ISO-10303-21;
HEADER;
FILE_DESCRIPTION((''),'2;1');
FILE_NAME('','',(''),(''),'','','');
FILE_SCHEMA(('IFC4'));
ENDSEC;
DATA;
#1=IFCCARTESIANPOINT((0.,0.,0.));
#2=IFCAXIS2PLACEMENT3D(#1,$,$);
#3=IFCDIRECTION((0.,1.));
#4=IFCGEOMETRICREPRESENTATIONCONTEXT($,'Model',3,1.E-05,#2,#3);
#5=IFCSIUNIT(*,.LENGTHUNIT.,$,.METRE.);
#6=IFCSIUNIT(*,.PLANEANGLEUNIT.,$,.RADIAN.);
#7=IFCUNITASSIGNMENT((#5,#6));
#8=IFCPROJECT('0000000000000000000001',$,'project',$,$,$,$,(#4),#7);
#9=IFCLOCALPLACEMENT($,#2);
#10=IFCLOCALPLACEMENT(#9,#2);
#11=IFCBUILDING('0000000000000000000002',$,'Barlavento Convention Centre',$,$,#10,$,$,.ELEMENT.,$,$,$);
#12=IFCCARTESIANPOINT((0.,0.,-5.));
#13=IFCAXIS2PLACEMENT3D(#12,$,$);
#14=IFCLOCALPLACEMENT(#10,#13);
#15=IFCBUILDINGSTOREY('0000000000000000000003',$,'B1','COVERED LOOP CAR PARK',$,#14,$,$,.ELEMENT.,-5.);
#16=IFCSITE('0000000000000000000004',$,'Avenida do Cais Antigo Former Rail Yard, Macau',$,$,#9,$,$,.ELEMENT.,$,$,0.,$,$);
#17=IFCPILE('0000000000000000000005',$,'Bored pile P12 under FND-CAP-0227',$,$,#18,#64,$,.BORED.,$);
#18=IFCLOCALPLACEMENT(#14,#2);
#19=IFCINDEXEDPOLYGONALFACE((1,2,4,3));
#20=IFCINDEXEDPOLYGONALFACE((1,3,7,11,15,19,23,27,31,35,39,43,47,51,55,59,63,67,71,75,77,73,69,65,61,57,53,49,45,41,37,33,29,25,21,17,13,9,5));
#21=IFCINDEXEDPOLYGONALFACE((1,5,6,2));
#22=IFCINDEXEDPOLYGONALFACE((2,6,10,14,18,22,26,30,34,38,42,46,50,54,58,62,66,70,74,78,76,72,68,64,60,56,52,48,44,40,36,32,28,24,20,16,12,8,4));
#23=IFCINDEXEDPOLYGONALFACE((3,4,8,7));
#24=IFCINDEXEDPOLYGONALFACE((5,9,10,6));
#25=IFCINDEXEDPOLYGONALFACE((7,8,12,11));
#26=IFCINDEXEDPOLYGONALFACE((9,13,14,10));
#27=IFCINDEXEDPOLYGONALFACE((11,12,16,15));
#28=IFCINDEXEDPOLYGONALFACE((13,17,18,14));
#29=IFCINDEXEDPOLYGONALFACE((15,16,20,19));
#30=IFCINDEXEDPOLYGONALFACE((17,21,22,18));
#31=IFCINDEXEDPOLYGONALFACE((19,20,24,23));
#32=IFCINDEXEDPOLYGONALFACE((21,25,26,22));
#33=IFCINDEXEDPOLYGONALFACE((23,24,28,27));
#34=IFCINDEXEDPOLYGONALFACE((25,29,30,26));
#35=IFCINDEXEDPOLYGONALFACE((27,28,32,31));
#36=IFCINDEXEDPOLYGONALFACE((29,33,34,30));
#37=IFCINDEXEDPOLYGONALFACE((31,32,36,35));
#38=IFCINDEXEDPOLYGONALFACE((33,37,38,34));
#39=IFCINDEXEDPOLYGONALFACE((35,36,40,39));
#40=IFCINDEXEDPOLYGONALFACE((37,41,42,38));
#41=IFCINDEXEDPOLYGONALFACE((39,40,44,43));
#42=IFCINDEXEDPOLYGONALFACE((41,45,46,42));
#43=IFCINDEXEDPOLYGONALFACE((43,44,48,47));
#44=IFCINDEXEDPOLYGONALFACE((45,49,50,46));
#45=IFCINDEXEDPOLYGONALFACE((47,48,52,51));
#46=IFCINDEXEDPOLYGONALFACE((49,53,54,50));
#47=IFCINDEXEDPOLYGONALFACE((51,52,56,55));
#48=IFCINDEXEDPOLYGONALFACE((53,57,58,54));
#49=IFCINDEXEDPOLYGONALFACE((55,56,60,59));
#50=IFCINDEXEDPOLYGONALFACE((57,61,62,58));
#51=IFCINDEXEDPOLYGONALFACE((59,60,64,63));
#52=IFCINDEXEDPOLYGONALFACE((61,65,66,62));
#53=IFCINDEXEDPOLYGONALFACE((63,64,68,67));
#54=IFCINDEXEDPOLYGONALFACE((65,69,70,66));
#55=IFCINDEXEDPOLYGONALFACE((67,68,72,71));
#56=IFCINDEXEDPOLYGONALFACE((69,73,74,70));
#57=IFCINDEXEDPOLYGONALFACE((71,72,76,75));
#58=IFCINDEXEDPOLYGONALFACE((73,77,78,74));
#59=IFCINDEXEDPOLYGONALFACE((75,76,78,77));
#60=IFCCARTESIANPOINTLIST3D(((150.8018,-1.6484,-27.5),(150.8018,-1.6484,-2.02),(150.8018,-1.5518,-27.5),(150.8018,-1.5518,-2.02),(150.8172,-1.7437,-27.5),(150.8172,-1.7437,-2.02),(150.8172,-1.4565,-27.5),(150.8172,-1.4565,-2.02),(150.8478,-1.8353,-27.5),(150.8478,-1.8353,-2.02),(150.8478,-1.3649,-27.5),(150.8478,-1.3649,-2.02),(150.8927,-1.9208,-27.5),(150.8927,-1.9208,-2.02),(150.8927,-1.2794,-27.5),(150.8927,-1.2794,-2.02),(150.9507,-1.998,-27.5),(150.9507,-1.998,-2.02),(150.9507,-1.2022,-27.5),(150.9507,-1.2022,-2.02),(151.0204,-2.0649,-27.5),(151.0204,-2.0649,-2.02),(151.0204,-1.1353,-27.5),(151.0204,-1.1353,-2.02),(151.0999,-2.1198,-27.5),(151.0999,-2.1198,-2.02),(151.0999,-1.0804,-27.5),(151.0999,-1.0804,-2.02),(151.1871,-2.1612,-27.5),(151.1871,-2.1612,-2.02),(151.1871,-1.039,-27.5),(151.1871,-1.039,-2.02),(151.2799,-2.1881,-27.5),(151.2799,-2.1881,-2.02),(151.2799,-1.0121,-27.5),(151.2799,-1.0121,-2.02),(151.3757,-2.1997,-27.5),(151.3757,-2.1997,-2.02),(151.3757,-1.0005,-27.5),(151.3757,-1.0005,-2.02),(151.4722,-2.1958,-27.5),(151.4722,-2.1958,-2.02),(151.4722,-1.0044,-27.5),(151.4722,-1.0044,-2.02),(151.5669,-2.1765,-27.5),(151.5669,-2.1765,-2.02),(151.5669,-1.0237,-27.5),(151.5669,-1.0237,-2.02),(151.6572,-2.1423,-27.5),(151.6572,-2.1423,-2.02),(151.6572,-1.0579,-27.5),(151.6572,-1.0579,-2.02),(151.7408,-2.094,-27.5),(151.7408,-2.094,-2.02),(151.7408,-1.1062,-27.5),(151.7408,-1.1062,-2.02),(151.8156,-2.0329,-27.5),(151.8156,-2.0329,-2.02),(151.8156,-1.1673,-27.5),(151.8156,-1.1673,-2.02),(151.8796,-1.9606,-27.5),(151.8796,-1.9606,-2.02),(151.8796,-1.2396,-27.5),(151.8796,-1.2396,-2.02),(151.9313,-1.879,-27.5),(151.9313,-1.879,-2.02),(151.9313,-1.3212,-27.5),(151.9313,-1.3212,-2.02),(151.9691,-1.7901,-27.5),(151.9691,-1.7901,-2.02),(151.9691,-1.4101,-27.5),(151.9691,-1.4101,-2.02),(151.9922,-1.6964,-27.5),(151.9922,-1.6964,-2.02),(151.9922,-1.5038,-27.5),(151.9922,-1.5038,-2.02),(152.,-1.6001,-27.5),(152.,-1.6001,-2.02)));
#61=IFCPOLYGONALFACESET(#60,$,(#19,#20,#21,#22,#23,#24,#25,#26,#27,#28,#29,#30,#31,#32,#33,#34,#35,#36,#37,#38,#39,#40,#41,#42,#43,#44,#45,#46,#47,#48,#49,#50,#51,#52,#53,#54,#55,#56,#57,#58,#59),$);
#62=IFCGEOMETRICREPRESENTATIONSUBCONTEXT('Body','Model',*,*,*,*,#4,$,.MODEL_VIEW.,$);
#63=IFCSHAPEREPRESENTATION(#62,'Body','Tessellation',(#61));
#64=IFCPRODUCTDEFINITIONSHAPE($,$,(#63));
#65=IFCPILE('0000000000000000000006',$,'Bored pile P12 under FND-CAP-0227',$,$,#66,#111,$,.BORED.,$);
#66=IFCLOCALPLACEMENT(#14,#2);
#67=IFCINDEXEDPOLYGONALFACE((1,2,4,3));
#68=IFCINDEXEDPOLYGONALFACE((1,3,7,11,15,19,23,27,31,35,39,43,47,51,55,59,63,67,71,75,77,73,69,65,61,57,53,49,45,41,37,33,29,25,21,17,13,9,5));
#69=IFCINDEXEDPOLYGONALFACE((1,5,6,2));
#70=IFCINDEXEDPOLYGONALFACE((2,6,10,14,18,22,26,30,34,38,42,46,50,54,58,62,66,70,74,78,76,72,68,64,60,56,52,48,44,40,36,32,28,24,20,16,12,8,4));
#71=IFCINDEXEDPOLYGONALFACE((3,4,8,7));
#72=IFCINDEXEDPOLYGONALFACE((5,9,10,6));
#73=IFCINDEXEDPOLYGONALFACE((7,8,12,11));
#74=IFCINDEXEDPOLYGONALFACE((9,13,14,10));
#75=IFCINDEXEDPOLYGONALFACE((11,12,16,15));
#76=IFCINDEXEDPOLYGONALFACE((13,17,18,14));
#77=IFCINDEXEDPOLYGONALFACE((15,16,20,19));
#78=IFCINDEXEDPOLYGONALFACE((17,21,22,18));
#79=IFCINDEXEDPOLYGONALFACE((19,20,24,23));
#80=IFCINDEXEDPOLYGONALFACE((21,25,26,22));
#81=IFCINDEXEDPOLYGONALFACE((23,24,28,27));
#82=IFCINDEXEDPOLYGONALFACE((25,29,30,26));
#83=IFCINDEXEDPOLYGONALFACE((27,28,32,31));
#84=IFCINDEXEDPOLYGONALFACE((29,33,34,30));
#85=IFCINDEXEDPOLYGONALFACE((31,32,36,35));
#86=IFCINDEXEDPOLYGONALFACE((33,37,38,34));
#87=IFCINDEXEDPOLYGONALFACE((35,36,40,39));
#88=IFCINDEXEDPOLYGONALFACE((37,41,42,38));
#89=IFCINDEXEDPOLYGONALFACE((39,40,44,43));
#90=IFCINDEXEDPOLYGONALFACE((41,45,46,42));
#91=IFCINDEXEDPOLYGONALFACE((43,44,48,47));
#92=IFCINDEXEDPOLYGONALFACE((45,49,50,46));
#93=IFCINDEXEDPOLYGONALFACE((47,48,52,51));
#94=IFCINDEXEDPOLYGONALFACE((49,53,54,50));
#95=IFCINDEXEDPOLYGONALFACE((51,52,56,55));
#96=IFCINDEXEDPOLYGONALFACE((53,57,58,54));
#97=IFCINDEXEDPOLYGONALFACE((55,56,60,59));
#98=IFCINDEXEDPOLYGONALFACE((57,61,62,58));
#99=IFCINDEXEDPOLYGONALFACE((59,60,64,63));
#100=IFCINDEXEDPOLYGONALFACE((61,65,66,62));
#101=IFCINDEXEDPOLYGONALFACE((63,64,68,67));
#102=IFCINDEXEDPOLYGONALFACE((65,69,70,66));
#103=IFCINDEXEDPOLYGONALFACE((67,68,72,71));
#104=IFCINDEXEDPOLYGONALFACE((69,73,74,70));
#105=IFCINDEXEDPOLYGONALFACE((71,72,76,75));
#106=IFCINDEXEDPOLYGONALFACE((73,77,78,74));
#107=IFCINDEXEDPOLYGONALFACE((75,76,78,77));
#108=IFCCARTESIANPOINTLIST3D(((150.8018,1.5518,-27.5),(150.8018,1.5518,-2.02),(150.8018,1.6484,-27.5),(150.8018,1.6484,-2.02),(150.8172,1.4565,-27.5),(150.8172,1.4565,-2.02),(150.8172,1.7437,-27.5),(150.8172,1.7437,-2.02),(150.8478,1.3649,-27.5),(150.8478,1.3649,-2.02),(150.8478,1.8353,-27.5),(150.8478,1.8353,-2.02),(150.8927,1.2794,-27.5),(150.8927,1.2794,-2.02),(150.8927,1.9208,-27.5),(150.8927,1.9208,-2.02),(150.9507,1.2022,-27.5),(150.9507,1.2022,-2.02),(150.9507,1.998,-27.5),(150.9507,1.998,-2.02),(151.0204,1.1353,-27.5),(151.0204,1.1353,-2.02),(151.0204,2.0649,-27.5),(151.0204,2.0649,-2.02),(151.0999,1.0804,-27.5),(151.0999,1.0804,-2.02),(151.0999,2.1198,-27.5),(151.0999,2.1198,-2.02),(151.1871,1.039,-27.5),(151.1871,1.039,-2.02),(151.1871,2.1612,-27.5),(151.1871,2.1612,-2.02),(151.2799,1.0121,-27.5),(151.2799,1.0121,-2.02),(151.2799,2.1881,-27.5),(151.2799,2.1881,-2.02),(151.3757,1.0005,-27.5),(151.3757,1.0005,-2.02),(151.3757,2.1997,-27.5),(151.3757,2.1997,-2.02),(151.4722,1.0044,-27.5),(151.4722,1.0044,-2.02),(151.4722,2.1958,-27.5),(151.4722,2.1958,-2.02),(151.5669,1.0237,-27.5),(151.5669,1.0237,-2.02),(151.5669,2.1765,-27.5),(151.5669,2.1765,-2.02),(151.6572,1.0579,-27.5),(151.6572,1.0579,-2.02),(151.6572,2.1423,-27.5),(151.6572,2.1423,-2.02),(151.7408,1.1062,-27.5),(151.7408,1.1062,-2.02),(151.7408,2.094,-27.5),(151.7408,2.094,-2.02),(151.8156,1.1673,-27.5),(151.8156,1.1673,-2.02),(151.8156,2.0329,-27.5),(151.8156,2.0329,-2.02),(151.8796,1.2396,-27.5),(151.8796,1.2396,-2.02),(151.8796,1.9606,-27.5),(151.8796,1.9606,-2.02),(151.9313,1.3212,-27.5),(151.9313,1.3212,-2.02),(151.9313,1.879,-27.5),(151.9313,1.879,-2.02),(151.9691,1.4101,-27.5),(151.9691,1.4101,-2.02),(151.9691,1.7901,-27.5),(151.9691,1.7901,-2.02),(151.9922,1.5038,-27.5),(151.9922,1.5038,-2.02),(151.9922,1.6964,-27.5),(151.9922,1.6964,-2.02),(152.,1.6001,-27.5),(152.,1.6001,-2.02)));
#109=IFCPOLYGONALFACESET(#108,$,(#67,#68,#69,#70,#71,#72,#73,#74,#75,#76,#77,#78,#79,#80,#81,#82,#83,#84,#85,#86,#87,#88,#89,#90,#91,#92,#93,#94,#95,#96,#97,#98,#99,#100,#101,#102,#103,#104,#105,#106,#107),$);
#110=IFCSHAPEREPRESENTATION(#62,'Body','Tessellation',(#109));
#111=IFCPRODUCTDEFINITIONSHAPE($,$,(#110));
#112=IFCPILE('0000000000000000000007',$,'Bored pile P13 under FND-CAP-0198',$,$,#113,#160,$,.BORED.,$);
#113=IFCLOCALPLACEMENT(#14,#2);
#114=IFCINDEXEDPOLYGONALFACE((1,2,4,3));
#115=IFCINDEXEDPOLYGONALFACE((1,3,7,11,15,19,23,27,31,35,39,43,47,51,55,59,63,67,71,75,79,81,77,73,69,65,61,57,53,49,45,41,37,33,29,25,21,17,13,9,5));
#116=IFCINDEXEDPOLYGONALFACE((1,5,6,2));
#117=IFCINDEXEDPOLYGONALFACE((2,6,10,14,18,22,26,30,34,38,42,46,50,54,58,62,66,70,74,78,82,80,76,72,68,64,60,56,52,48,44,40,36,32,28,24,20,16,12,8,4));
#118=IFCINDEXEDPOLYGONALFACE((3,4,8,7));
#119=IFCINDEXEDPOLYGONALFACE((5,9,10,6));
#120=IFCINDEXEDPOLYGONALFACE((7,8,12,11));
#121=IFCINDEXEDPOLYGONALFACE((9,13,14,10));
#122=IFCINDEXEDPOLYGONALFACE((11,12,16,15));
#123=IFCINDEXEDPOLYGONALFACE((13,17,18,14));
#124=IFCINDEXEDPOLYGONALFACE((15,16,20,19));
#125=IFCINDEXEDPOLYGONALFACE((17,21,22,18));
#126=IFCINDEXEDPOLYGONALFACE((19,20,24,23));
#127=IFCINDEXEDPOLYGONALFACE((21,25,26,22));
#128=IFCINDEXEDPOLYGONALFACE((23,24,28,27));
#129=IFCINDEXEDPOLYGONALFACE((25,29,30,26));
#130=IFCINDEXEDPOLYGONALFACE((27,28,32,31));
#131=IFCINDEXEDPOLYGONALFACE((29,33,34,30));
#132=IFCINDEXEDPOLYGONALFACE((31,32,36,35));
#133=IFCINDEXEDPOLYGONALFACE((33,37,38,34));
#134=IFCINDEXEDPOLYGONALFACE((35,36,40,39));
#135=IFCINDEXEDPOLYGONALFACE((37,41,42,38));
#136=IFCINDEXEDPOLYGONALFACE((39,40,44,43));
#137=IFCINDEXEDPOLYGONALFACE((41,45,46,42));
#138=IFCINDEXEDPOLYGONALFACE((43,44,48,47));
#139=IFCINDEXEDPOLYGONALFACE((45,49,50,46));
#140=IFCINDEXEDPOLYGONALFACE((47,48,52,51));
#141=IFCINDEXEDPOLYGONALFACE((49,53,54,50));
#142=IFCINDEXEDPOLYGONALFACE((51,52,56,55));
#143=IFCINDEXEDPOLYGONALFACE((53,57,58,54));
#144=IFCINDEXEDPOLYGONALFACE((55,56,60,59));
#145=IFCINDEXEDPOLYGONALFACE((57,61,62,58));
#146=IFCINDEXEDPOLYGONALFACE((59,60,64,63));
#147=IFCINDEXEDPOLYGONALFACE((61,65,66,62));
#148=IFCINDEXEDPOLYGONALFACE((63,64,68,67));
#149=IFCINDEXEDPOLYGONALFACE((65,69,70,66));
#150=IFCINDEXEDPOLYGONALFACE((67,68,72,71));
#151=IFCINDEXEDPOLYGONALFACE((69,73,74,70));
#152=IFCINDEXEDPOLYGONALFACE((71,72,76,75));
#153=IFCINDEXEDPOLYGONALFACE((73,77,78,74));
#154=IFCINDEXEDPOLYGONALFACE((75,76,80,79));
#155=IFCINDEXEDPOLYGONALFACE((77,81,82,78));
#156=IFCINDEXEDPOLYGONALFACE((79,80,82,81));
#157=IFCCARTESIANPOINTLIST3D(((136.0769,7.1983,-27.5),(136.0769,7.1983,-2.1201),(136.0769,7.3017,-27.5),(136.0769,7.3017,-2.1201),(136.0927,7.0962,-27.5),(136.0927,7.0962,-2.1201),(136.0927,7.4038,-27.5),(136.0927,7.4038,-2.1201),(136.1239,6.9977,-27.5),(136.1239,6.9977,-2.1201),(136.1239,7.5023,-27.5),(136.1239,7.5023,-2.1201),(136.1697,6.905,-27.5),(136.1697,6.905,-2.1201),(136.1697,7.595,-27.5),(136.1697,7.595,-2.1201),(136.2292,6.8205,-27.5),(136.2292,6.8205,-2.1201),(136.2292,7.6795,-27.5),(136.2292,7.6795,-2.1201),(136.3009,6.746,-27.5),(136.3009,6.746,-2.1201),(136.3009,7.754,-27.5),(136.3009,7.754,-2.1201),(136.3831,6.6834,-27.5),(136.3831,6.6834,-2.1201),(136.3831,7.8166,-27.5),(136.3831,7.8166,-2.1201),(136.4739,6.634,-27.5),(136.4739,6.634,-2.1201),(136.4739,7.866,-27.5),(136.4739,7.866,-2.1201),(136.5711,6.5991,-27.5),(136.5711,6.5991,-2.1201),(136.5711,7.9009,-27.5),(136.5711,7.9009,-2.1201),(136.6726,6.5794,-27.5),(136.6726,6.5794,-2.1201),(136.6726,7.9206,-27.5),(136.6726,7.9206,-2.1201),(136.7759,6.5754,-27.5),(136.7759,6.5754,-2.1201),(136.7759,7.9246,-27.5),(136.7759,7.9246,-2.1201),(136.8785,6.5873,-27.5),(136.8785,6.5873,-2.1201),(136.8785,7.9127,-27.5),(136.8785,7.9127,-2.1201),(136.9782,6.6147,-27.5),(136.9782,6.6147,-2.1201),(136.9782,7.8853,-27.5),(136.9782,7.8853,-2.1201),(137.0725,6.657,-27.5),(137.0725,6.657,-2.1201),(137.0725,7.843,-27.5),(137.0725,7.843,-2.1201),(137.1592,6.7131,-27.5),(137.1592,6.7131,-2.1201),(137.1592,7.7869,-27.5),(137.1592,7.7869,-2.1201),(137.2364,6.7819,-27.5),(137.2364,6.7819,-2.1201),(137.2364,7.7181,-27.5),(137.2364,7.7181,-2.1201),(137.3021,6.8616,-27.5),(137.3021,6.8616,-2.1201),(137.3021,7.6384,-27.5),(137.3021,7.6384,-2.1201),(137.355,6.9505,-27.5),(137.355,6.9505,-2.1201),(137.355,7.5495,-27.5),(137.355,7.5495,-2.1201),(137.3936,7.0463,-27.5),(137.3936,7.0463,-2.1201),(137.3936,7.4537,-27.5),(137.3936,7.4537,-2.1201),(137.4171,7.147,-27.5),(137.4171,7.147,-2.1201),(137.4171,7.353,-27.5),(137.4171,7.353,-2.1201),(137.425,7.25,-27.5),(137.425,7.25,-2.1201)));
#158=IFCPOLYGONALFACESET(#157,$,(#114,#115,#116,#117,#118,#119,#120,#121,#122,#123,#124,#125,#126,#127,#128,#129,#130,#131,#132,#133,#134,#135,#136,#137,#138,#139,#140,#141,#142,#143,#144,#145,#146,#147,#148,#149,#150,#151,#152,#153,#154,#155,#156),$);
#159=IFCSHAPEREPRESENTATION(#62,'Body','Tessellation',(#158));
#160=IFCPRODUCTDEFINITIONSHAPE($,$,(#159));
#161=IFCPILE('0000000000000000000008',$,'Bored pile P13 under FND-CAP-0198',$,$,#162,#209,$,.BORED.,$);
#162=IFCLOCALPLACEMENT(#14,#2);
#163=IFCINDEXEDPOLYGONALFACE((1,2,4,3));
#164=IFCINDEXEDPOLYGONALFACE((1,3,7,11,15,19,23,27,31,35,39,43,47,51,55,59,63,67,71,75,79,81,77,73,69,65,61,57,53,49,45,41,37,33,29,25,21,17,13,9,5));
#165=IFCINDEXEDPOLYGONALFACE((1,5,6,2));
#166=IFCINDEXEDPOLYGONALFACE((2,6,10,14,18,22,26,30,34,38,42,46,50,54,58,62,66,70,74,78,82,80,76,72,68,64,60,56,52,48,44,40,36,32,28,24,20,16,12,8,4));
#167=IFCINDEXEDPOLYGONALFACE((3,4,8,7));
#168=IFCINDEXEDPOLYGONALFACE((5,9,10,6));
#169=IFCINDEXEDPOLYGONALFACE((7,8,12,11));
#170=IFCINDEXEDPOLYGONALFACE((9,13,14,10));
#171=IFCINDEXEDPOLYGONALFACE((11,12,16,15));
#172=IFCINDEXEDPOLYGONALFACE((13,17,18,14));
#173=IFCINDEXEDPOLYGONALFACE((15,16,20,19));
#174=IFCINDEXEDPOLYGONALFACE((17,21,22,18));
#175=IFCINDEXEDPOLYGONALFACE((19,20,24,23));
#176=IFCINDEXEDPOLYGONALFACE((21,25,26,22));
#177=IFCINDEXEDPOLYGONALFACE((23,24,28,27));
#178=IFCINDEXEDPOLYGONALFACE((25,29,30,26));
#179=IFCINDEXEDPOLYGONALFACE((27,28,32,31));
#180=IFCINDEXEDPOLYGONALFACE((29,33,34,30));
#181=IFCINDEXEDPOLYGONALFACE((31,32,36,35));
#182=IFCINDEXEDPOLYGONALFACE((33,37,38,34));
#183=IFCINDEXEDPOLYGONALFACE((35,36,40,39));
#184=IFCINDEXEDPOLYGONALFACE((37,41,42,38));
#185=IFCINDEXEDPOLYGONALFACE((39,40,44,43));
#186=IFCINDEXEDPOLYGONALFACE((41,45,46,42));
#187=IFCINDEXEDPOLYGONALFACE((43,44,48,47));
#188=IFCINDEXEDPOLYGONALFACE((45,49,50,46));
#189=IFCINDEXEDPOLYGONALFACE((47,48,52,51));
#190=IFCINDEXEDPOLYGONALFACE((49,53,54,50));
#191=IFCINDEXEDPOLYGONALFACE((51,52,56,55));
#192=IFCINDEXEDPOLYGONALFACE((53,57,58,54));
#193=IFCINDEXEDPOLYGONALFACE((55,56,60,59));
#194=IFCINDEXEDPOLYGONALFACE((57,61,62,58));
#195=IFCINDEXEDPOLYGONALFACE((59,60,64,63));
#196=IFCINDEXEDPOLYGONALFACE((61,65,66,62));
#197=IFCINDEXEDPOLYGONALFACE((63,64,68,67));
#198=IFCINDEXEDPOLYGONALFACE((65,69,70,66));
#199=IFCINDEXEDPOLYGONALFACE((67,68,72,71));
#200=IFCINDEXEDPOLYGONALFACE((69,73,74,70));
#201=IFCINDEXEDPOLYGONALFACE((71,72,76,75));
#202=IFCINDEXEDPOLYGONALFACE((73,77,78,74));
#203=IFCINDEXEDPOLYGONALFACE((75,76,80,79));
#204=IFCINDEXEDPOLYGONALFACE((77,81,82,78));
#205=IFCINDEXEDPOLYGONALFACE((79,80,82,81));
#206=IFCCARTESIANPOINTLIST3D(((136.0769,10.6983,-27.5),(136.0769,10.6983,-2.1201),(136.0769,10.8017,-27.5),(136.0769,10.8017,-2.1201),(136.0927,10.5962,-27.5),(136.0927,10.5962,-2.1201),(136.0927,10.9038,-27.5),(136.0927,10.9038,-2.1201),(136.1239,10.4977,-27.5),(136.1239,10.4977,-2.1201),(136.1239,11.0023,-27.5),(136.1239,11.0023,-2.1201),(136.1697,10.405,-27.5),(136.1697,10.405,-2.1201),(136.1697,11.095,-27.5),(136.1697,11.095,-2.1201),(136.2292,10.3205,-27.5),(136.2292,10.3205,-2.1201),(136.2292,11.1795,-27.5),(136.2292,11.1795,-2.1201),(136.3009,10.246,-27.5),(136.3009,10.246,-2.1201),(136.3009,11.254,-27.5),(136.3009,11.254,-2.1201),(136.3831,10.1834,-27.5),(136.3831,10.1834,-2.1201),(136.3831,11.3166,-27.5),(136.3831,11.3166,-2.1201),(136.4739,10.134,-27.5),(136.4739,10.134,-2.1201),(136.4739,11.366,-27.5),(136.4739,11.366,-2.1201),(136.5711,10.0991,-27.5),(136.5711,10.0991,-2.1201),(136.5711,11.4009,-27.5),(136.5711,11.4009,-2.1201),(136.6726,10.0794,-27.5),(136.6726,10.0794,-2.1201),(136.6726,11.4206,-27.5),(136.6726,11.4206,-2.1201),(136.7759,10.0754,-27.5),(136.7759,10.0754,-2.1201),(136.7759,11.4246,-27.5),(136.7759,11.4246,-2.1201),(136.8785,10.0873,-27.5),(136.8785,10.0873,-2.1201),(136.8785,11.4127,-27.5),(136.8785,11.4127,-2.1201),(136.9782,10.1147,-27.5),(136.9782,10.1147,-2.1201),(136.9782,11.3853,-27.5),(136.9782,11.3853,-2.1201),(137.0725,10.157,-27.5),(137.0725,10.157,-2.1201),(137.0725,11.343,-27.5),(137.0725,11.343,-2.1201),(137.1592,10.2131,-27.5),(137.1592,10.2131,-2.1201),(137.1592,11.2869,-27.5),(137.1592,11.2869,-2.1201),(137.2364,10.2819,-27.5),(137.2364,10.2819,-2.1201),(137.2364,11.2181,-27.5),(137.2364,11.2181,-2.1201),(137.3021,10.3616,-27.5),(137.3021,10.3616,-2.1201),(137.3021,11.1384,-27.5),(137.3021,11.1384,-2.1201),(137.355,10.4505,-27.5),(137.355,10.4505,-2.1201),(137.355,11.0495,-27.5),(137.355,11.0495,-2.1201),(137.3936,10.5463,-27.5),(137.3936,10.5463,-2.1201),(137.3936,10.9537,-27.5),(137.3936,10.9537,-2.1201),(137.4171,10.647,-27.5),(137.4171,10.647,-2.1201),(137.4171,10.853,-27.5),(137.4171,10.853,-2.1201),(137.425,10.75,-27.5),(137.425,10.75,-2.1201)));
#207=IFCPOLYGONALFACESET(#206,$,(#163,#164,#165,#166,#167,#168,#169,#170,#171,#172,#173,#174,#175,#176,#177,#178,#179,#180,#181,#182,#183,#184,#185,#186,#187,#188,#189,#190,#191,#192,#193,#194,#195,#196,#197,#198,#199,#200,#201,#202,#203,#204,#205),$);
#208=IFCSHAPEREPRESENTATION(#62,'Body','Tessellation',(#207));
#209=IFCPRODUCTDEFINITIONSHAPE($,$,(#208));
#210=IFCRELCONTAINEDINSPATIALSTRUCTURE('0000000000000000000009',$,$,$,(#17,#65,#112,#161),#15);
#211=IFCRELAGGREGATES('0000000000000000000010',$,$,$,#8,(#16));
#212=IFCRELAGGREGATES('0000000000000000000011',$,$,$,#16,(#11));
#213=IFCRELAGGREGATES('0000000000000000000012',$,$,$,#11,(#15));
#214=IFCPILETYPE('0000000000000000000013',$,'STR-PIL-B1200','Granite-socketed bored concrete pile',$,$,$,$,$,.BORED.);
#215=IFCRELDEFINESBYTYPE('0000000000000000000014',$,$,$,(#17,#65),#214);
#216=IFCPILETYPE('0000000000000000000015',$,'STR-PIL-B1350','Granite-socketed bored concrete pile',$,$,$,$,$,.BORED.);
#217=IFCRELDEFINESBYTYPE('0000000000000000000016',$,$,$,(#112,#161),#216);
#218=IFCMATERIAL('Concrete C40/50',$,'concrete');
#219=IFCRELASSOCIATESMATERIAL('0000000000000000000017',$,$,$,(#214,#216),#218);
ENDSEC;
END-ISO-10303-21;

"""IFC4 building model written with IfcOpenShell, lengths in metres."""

from ifc_helpers import new_model, si_unit, direction, frame, origin, origin_2d, place, context, subcontext, project, spatial, circle, extrude, material, material_profile, profile_set, type_object, element, save


model = new_model("IFC4")

# Units and contexts
model_context = context("Model", 3, precision=1e-05, world=origin(), true_north=direction((0.0, 1.0)))
body_context = subcontext(model_context, "Body", "Model", "MODEL_VIEW")
ifc_project = project(units=[si_unit("LENGTHUNIT", "METRE"), si_unit("PLANEANGLEUNIT", "RADIAN")], contexts=[model_context])

# Site, building, storey
site_placement = place(None, origin())
site = spatial("IfcSite", under=ifc_project, at=site_placement, Name="Avenida do Cais Antigo Former Rail Yard, Macau", CompositionType="ELEMENT", RefElevation=0.0)
building_placement = place(site_placement, origin())
building = spatial("IfcBuilding", under=site, at=building_placement, Name="Barlavento Convention Centre", CompositionType="ELEMENT")
storey_placement = place(building_placement, frame((0.0, 0.0, -5.0)))
storey = spatial("IfcBuildingStorey", under=building, at=storey_placement, Name="B1", Description="COVERED LOOP CAR PARK", CompositionType="ELEMENT", Elevation=-5.0)

# Shared definitions
ifc_material_1 = material(Name="Concrete C40/50", Category="concrete")

# Piles
ifc_material_profile_1 = material_profile(ifc_material_1, circle(Radius=0.6001, at=origin_2d()), Name="BORED PILE 1200")
ifc_profile_set_1 = profile_set([ifc_material_profile_1], Name="Concrete C40/50")
pile_type_1 = type_object("IfcPileType", Name="STR-PIL-B1200", Description="Granite-socketed bored concrete pile", PredefinedType="BORED", material=ifc_profile_set_1)
for number, where, z_axis, x_axis, name in (
    (1, (151.3999, -1.6001, -2.02), (0.0, 0.0, -1.0), (1.0, 0.0, 0.0), "Bored pile P12 under FND-CAP-0227"),
    (2, (151.3999, 1.6001, -2.02), (0.0, 0.0, -1.0), (1.0, 0.0, 0.0), "Bored pile P12 under FND-CAP-0227"),
):
    element("IfcPile", number, at=place(storey_placement, frame(where, z_axis=z_axis, x_axis=x_axis)), inside=storey, type_object=pile_type_1, Name=name, PredefinedType="BORED", context=body_context, shape_type="SweptSolid", body=[
        extrude(circle(Radius=0.6001, at=origin_2d()), origin(), (0.0, 0.0, 1.0), 25.48),
    ])
ifc_material_profile_2 = material_profile(ifc_material_1, circle(Radius=0.675, at=origin_2d()), Name="BORED PILE 1350")
ifc_profile_set_2 = profile_set([ifc_material_profile_2], Name="Concrete C40/50")
pile_type_2 = type_object("IfcPileType", Name="STR-PIL-B1350", Description="Granite-socketed bored concrete pile", PredefinedType="BORED", material=ifc_profile_set_2)
for number, where, z_axis, x_axis, name in (
    (3, (136.75, 7.25, -2.1201), (0.0, 0.0, -1.0), (1.0, 0.0, 0.0), "Bored pile P13 under FND-CAP-0198"),
    (4, (136.75, 10.75, -2.1201), (0.0, 0.0, -1.0), (1.0, 0.0, 0.0), "Bored pile P13 under FND-CAP-0198"),
):
    element("IfcPile", number, at=place(storey_placement, frame(where, z_axis=z_axis, x_axis=x_axis)), inside=storey, type_object=pile_type_2, Name=name, PredefinedType="BORED", context=body_context, shape_type="SweptSolid", body=[
        extrude(circle(Radius=0.675, at=origin_2d()), origin(), (0.0, 0.0, 1.0), 25.3799),
    ])

save(model, "model.ifc")
